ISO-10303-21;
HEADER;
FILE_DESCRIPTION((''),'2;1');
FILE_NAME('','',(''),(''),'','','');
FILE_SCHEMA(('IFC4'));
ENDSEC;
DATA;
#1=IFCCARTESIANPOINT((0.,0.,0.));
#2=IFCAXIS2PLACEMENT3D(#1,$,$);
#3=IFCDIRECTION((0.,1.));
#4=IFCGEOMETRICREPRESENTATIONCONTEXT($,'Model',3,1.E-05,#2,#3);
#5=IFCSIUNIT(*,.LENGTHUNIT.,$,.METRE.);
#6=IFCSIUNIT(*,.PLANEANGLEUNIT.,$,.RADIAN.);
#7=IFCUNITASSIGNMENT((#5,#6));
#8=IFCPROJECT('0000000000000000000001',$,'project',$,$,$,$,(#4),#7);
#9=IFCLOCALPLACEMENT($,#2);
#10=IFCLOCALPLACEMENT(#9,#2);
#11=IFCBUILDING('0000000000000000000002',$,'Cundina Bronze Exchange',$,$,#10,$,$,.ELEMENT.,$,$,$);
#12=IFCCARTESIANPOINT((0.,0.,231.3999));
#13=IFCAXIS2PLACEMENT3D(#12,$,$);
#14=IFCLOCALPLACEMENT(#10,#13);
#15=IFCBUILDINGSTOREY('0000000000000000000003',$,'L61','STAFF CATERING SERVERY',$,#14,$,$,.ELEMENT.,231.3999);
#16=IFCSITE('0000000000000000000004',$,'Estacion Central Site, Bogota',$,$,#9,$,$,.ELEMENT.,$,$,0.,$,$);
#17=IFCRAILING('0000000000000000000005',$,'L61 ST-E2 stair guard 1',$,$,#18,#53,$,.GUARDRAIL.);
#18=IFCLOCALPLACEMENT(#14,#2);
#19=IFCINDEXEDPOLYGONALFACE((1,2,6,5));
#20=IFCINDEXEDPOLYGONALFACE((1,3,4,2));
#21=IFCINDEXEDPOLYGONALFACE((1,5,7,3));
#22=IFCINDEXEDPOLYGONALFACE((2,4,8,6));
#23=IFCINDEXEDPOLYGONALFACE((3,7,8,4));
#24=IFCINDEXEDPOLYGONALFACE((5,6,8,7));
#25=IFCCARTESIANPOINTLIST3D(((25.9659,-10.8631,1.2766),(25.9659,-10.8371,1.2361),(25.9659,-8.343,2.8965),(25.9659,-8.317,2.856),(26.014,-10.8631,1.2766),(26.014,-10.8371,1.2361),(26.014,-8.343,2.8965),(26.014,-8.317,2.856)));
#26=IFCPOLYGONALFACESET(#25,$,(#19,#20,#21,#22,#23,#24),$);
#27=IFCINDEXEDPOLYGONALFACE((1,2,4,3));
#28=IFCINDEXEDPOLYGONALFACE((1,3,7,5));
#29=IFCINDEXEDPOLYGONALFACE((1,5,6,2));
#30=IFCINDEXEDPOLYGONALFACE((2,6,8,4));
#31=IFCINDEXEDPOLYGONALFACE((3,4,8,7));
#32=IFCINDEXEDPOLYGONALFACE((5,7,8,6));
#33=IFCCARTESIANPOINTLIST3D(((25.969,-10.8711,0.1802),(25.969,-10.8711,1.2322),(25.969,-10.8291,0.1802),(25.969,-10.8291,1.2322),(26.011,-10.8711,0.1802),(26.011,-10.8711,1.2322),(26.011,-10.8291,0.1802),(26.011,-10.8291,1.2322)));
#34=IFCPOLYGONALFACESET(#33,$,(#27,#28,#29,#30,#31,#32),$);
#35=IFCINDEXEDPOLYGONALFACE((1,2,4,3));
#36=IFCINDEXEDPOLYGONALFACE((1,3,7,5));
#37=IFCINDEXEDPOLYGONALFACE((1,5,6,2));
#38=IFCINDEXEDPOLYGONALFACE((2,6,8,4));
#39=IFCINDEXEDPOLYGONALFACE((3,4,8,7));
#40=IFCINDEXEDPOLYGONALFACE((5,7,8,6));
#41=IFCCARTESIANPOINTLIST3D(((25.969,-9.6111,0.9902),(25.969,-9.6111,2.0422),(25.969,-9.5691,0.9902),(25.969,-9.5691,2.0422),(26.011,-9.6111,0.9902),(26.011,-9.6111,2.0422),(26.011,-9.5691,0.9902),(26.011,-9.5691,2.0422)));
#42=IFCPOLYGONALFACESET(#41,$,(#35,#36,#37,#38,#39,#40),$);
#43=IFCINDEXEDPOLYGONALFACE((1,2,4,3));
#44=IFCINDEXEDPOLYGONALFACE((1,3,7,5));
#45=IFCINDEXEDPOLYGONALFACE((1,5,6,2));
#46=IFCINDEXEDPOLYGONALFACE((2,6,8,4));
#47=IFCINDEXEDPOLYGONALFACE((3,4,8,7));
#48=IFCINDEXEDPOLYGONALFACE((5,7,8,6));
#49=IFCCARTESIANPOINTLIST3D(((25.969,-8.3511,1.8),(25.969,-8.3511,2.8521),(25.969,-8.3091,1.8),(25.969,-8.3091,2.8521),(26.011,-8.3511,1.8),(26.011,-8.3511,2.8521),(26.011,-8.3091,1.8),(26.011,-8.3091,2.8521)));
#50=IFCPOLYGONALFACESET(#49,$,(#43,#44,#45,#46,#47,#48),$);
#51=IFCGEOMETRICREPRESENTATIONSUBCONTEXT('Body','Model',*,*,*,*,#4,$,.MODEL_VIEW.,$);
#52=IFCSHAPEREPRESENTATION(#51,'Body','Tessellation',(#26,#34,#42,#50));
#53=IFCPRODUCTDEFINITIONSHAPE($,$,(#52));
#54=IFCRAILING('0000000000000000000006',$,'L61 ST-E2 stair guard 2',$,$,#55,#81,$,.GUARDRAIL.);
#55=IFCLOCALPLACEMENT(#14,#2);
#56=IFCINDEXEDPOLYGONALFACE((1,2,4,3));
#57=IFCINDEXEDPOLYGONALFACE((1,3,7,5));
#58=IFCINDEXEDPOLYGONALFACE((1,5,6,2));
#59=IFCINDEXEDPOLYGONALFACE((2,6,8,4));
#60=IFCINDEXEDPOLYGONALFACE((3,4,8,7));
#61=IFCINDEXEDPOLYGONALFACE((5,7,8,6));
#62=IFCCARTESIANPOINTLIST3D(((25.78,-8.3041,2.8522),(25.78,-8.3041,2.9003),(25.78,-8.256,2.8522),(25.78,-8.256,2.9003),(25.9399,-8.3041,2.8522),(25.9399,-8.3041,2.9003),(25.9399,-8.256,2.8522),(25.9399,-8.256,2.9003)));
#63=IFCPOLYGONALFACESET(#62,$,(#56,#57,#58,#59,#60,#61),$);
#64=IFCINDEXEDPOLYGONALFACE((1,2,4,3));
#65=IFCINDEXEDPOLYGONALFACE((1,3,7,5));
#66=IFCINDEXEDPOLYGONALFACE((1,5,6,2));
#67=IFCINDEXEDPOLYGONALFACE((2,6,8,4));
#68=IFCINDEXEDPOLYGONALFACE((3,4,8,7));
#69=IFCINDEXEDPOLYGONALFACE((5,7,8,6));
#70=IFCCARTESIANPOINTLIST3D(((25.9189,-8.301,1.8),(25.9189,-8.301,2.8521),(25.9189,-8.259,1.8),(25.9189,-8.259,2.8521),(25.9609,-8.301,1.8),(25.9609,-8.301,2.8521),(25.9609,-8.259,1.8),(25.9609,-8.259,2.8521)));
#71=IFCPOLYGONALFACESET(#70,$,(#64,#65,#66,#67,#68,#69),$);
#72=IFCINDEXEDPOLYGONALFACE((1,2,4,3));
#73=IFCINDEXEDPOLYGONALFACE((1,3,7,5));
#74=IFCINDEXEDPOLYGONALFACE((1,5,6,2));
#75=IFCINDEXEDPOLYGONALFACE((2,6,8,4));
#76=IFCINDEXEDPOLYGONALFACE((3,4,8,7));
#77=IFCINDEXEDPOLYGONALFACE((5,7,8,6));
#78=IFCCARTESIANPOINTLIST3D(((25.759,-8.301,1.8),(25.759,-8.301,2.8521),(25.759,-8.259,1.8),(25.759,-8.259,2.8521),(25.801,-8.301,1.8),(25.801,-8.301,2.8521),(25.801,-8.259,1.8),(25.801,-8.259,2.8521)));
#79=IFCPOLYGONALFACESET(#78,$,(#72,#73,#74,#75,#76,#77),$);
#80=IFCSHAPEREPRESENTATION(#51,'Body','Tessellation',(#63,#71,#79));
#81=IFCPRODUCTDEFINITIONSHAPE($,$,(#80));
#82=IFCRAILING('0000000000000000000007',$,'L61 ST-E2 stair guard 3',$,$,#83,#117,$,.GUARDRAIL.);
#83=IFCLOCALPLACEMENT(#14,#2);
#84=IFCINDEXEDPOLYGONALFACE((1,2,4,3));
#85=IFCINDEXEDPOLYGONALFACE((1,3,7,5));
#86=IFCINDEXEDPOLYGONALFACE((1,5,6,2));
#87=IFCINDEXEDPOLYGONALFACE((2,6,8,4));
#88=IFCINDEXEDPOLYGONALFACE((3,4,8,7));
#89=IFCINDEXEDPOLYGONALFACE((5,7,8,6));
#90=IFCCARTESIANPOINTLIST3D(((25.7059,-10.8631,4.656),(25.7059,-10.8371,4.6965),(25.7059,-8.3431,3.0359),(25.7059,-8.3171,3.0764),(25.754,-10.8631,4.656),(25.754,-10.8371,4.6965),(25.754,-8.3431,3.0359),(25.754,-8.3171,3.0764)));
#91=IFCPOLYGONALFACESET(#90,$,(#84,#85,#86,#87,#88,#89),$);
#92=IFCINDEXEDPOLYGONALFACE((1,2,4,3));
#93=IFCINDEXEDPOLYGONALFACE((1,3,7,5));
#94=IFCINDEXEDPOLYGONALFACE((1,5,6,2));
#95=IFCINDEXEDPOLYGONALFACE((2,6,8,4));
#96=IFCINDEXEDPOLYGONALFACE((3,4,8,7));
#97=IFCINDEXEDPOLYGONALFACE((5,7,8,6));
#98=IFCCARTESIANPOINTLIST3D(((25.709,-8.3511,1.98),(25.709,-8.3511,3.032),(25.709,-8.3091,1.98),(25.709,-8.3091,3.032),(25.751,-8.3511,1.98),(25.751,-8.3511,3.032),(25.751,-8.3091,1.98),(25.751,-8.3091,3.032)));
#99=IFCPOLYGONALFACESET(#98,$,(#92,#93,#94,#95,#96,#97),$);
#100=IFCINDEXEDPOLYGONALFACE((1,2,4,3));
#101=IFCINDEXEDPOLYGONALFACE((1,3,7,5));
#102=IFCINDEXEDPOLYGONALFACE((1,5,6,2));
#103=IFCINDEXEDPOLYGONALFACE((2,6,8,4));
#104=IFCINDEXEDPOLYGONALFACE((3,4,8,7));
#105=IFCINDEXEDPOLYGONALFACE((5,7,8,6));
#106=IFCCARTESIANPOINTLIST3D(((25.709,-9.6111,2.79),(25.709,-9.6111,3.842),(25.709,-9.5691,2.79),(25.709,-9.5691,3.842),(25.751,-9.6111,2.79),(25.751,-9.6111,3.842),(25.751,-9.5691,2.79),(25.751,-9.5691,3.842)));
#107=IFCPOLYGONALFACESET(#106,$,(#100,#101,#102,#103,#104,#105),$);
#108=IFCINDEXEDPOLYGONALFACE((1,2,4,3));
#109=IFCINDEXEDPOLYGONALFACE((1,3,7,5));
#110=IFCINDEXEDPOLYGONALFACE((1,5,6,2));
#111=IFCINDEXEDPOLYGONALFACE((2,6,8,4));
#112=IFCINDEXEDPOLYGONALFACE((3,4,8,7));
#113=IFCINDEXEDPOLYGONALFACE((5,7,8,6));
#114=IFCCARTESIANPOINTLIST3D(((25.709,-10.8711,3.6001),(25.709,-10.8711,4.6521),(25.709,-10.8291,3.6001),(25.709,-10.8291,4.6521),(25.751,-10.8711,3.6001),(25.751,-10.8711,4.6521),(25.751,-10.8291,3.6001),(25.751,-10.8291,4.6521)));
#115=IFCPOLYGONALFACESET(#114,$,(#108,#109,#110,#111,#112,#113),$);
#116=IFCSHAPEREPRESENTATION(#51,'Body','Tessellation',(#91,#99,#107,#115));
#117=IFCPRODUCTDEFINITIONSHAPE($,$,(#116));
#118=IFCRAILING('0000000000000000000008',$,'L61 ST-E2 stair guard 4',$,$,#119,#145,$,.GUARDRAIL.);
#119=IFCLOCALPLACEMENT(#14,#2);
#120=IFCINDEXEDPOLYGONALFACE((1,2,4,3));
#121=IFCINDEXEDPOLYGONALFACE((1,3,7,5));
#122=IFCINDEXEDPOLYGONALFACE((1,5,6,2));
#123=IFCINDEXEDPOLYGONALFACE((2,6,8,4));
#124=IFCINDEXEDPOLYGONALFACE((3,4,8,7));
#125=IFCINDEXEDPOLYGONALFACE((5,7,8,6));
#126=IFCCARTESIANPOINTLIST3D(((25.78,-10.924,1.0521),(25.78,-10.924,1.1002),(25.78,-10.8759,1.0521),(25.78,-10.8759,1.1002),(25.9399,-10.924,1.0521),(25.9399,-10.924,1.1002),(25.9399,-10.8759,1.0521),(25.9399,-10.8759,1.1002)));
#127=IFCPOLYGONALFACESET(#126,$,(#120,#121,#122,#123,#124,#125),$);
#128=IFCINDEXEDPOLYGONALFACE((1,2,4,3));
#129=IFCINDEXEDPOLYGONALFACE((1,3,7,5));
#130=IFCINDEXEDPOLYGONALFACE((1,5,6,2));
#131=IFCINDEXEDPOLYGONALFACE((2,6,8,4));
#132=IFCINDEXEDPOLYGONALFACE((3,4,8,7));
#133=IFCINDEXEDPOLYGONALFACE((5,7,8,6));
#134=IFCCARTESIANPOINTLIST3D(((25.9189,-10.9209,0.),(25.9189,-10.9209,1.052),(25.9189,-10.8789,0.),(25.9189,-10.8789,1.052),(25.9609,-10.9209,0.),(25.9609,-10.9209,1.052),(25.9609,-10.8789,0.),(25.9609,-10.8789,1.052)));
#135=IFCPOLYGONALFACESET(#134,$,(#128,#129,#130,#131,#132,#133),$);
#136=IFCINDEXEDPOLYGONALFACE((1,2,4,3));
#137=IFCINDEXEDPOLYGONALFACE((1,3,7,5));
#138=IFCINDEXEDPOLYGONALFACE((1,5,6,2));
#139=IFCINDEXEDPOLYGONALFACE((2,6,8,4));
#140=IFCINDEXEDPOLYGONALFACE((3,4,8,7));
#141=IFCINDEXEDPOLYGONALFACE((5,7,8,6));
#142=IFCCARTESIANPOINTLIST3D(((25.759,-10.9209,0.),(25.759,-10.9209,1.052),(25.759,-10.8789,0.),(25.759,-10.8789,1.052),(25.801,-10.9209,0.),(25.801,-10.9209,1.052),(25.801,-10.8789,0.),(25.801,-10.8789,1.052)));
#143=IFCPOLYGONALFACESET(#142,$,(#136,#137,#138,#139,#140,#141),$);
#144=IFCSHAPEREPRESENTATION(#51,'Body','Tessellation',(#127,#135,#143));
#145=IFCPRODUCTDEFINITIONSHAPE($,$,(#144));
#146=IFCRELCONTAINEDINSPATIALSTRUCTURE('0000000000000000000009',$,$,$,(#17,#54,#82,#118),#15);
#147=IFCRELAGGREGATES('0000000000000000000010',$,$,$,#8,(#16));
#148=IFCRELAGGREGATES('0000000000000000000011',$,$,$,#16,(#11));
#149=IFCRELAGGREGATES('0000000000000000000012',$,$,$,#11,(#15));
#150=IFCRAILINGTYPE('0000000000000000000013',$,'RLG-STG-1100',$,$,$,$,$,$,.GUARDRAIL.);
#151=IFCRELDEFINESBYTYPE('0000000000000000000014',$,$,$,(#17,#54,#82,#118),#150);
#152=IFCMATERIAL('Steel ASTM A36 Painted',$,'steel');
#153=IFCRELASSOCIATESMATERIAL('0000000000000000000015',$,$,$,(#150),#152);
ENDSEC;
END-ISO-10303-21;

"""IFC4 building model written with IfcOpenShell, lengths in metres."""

from ifc_helpers import new_model, si_unit, direction, frame, origin, origin_2d, place, context, subcontext, project, spatial, rectangle, extrude, material, type_object, element, save


model = new_model("IFC4")

# Units and contexts
model_context = context("Model", 3, precision=1e-05, world=origin(), true_north=direction((0.0, 1.0)))
body_context = subcontext(model_context, "Body", "Model", "MODEL_VIEW")
ifc_project = project(units=[si_unit("LENGTHUNIT", "METRE"), si_unit("PLANEANGLEUNIT", "RADIAN")], contexts=[model_context])

# Site, building, storey
site_placement = place(None, origin())
site = spatial("IfcSite", under=ifc_project, at=site_placement, Name="Estacion Central Site, Bogota", CompositionType="ELEMENT", RefElevation=0.0)
building_placement = place(site_placement, origin())
building = spatial("IfcBuilding", under=site, at=building_placement, Name="Cundina Bronze Exchange", CompositionType="ELEMENT")
storey_placement = place(building_placement, frame((0.0, 0.0, 231.3999)))
storey = spatial("IfcBuildingStorey", under=building, at=storey_placement, Name="L61", Description="STAFF CATERING SERVERY", CompositionType="ELEMENT", Elevation=231.3999)

# Shared definitions
ifc_material_1 = material(Name="Steel ASTM A36 Painted", Category="steel")

# Railings
railing_type_1 = type_object("IfcRailingType", Name="RLG-STG-1100", PredefinedType="GUARDRAIL", material=ifc_material_1)
railing_1_placement = place(storey_placement, frame((25.99, -10.8501, 0.1802)))
element("IfcRailing", 1, at=railing_1_placement, inside=storey, type_object=railing_type_1, Name="L61 ST-E2 stair guard 1", PredefinedType="GUARDRAIL", context=body_context, shape_type="SweptSolid", body=[
    extrude(rectangle(XDim=0.0481, YDim=0.0481, at=origin_2d()), frame((0.0, 0.0, 1.0762), z_axis=(0.0, 0.8412, 0.540725), x_axis=(-1.0, 0.0, 0.0)), (0.0, 0.0, 1.0), 2.9958),
    extrude(rectangle(XDim=0.042, YDim=0.042, at=origin_2d()), origin(), (0.0, 0.0, 1.0), 1.052),
    extrude(rectangle(XDim=0.042, YDim=0.042, at=origin_2d()), frame((0.0, 1.26, 0.8101)), (0.0, 0.0, 1.0), 1.052),
    extrude(rectangle(XDim=0.042, YDim=0.042, at=origin_2d()), frame((0.0, 2.52, 1.6199)), (0.0, 0.0, 1.0), 1.052),
])
railing_2_placement = place(storey_placement, frame((25.9399, -8.28, 1.8)))
element("IfcRailing", 2, at=railing_2_placement, inside=storey, type_object=railing_type_1, Name="L61 ST-E2 stair guard 2", PredefinedType="GUARDRAIL", context=body_context, shape_type="SweptSolid", body=[
    extrude(rectangle(XDim=0.0481, YDim=0.0481, at=origin_2d()), frame((0.0, 0.0, 1.0762), z_axis=(-1.0, 0.0, 0.0), x_axis=(0.0, -1.0, 0.0)), (0.0, 0.0, 1.0), 0.1599),
    extrude(rectangle(XDim=0.042, YDim=0.042, at=origin_2d()), origin(), (0.0, 0.0, 1.0), 1.052),
    extrude(rectangle(XDim=0.042, YDim=0.042, at=origin_2d()), frame((-0.1599, 0.0, 0.0)), (0.0, 0.0, 1.0), 1.052),
])
railing_3_placement = place(storey_placement, frame((25.73, -8.3301, 1.98)))
element("IfcRailing", 3, at=railing_3_placement, inside=storey, type_object=railing_type_1, Name="L61 ST-E2 stair guard 3", PredefinedType="GUARDRAIL", context=body_context, shape_type="SweptSolid", body=[
    extrude(rectangle(XDim=0.0481, YDim=0.0481, at=origin_2d()), frame((0.0, 0.0, 1.0762), z_axis=(0.0, -0.841163, 0.540782), x_axis=(1.0, 0.0, 0.0)), (0.0, 0.0, 1.0), 2.9958),
    extrude(rectangle(XDim=0.042, YDim=0.042, at=origin_2d()), origin(), (0.0, 0.0, 1.0), 1.052),
    extrude(rectangle(XDim=0.042, YDim=0.042, at=origin_2d()), frame((0.0, -1.26, 0.8101)), (0.0, 0.0, 1.0), 1.052),
    extrude(rectangle(XDim=0.042, YDim=0.042, at=origin_2d()), frame((0.0, -2.52, 1.6201)), (0.0, 0.0, 1.0), 1.052),
])
railing_4_placement = place(storey_placement, frame((25.9399, -10.8999, 0.0)))
element("IfcRailing", 4, at=railing_4_placement, inside=storey, type_object=railing_type_1, Name="L61 ST-E2 stair guard 4", PredefinedType="GUARDRAIL", context=body_context, shape_type="SweptSolid", body=[
    extrude(rectangle(XDim=0.0481, YDim=0.0481, at=origin_2d()), frame((0.0, 0.0, 1.0762), z_axis=(-1.0, 0.0, 0.0), x_axis=(0.0, -1.0, 0.0)), (0.0, 0.0, 1.0), 0.1599),
    extrude(rectangle(XDim=0.042, YDim=0.042, at=origin_2d()), origin(), (0.0, 0.0, 1.0), 1.052),
    extrude(rectangle(XDim=0.042, YDim=0.042, at=origin_2d()), frame((-0.1599, 0.0, 0.0)), (0.0, 0.0, 1.0), 1.052),
])

save(model, "model.ifc")
